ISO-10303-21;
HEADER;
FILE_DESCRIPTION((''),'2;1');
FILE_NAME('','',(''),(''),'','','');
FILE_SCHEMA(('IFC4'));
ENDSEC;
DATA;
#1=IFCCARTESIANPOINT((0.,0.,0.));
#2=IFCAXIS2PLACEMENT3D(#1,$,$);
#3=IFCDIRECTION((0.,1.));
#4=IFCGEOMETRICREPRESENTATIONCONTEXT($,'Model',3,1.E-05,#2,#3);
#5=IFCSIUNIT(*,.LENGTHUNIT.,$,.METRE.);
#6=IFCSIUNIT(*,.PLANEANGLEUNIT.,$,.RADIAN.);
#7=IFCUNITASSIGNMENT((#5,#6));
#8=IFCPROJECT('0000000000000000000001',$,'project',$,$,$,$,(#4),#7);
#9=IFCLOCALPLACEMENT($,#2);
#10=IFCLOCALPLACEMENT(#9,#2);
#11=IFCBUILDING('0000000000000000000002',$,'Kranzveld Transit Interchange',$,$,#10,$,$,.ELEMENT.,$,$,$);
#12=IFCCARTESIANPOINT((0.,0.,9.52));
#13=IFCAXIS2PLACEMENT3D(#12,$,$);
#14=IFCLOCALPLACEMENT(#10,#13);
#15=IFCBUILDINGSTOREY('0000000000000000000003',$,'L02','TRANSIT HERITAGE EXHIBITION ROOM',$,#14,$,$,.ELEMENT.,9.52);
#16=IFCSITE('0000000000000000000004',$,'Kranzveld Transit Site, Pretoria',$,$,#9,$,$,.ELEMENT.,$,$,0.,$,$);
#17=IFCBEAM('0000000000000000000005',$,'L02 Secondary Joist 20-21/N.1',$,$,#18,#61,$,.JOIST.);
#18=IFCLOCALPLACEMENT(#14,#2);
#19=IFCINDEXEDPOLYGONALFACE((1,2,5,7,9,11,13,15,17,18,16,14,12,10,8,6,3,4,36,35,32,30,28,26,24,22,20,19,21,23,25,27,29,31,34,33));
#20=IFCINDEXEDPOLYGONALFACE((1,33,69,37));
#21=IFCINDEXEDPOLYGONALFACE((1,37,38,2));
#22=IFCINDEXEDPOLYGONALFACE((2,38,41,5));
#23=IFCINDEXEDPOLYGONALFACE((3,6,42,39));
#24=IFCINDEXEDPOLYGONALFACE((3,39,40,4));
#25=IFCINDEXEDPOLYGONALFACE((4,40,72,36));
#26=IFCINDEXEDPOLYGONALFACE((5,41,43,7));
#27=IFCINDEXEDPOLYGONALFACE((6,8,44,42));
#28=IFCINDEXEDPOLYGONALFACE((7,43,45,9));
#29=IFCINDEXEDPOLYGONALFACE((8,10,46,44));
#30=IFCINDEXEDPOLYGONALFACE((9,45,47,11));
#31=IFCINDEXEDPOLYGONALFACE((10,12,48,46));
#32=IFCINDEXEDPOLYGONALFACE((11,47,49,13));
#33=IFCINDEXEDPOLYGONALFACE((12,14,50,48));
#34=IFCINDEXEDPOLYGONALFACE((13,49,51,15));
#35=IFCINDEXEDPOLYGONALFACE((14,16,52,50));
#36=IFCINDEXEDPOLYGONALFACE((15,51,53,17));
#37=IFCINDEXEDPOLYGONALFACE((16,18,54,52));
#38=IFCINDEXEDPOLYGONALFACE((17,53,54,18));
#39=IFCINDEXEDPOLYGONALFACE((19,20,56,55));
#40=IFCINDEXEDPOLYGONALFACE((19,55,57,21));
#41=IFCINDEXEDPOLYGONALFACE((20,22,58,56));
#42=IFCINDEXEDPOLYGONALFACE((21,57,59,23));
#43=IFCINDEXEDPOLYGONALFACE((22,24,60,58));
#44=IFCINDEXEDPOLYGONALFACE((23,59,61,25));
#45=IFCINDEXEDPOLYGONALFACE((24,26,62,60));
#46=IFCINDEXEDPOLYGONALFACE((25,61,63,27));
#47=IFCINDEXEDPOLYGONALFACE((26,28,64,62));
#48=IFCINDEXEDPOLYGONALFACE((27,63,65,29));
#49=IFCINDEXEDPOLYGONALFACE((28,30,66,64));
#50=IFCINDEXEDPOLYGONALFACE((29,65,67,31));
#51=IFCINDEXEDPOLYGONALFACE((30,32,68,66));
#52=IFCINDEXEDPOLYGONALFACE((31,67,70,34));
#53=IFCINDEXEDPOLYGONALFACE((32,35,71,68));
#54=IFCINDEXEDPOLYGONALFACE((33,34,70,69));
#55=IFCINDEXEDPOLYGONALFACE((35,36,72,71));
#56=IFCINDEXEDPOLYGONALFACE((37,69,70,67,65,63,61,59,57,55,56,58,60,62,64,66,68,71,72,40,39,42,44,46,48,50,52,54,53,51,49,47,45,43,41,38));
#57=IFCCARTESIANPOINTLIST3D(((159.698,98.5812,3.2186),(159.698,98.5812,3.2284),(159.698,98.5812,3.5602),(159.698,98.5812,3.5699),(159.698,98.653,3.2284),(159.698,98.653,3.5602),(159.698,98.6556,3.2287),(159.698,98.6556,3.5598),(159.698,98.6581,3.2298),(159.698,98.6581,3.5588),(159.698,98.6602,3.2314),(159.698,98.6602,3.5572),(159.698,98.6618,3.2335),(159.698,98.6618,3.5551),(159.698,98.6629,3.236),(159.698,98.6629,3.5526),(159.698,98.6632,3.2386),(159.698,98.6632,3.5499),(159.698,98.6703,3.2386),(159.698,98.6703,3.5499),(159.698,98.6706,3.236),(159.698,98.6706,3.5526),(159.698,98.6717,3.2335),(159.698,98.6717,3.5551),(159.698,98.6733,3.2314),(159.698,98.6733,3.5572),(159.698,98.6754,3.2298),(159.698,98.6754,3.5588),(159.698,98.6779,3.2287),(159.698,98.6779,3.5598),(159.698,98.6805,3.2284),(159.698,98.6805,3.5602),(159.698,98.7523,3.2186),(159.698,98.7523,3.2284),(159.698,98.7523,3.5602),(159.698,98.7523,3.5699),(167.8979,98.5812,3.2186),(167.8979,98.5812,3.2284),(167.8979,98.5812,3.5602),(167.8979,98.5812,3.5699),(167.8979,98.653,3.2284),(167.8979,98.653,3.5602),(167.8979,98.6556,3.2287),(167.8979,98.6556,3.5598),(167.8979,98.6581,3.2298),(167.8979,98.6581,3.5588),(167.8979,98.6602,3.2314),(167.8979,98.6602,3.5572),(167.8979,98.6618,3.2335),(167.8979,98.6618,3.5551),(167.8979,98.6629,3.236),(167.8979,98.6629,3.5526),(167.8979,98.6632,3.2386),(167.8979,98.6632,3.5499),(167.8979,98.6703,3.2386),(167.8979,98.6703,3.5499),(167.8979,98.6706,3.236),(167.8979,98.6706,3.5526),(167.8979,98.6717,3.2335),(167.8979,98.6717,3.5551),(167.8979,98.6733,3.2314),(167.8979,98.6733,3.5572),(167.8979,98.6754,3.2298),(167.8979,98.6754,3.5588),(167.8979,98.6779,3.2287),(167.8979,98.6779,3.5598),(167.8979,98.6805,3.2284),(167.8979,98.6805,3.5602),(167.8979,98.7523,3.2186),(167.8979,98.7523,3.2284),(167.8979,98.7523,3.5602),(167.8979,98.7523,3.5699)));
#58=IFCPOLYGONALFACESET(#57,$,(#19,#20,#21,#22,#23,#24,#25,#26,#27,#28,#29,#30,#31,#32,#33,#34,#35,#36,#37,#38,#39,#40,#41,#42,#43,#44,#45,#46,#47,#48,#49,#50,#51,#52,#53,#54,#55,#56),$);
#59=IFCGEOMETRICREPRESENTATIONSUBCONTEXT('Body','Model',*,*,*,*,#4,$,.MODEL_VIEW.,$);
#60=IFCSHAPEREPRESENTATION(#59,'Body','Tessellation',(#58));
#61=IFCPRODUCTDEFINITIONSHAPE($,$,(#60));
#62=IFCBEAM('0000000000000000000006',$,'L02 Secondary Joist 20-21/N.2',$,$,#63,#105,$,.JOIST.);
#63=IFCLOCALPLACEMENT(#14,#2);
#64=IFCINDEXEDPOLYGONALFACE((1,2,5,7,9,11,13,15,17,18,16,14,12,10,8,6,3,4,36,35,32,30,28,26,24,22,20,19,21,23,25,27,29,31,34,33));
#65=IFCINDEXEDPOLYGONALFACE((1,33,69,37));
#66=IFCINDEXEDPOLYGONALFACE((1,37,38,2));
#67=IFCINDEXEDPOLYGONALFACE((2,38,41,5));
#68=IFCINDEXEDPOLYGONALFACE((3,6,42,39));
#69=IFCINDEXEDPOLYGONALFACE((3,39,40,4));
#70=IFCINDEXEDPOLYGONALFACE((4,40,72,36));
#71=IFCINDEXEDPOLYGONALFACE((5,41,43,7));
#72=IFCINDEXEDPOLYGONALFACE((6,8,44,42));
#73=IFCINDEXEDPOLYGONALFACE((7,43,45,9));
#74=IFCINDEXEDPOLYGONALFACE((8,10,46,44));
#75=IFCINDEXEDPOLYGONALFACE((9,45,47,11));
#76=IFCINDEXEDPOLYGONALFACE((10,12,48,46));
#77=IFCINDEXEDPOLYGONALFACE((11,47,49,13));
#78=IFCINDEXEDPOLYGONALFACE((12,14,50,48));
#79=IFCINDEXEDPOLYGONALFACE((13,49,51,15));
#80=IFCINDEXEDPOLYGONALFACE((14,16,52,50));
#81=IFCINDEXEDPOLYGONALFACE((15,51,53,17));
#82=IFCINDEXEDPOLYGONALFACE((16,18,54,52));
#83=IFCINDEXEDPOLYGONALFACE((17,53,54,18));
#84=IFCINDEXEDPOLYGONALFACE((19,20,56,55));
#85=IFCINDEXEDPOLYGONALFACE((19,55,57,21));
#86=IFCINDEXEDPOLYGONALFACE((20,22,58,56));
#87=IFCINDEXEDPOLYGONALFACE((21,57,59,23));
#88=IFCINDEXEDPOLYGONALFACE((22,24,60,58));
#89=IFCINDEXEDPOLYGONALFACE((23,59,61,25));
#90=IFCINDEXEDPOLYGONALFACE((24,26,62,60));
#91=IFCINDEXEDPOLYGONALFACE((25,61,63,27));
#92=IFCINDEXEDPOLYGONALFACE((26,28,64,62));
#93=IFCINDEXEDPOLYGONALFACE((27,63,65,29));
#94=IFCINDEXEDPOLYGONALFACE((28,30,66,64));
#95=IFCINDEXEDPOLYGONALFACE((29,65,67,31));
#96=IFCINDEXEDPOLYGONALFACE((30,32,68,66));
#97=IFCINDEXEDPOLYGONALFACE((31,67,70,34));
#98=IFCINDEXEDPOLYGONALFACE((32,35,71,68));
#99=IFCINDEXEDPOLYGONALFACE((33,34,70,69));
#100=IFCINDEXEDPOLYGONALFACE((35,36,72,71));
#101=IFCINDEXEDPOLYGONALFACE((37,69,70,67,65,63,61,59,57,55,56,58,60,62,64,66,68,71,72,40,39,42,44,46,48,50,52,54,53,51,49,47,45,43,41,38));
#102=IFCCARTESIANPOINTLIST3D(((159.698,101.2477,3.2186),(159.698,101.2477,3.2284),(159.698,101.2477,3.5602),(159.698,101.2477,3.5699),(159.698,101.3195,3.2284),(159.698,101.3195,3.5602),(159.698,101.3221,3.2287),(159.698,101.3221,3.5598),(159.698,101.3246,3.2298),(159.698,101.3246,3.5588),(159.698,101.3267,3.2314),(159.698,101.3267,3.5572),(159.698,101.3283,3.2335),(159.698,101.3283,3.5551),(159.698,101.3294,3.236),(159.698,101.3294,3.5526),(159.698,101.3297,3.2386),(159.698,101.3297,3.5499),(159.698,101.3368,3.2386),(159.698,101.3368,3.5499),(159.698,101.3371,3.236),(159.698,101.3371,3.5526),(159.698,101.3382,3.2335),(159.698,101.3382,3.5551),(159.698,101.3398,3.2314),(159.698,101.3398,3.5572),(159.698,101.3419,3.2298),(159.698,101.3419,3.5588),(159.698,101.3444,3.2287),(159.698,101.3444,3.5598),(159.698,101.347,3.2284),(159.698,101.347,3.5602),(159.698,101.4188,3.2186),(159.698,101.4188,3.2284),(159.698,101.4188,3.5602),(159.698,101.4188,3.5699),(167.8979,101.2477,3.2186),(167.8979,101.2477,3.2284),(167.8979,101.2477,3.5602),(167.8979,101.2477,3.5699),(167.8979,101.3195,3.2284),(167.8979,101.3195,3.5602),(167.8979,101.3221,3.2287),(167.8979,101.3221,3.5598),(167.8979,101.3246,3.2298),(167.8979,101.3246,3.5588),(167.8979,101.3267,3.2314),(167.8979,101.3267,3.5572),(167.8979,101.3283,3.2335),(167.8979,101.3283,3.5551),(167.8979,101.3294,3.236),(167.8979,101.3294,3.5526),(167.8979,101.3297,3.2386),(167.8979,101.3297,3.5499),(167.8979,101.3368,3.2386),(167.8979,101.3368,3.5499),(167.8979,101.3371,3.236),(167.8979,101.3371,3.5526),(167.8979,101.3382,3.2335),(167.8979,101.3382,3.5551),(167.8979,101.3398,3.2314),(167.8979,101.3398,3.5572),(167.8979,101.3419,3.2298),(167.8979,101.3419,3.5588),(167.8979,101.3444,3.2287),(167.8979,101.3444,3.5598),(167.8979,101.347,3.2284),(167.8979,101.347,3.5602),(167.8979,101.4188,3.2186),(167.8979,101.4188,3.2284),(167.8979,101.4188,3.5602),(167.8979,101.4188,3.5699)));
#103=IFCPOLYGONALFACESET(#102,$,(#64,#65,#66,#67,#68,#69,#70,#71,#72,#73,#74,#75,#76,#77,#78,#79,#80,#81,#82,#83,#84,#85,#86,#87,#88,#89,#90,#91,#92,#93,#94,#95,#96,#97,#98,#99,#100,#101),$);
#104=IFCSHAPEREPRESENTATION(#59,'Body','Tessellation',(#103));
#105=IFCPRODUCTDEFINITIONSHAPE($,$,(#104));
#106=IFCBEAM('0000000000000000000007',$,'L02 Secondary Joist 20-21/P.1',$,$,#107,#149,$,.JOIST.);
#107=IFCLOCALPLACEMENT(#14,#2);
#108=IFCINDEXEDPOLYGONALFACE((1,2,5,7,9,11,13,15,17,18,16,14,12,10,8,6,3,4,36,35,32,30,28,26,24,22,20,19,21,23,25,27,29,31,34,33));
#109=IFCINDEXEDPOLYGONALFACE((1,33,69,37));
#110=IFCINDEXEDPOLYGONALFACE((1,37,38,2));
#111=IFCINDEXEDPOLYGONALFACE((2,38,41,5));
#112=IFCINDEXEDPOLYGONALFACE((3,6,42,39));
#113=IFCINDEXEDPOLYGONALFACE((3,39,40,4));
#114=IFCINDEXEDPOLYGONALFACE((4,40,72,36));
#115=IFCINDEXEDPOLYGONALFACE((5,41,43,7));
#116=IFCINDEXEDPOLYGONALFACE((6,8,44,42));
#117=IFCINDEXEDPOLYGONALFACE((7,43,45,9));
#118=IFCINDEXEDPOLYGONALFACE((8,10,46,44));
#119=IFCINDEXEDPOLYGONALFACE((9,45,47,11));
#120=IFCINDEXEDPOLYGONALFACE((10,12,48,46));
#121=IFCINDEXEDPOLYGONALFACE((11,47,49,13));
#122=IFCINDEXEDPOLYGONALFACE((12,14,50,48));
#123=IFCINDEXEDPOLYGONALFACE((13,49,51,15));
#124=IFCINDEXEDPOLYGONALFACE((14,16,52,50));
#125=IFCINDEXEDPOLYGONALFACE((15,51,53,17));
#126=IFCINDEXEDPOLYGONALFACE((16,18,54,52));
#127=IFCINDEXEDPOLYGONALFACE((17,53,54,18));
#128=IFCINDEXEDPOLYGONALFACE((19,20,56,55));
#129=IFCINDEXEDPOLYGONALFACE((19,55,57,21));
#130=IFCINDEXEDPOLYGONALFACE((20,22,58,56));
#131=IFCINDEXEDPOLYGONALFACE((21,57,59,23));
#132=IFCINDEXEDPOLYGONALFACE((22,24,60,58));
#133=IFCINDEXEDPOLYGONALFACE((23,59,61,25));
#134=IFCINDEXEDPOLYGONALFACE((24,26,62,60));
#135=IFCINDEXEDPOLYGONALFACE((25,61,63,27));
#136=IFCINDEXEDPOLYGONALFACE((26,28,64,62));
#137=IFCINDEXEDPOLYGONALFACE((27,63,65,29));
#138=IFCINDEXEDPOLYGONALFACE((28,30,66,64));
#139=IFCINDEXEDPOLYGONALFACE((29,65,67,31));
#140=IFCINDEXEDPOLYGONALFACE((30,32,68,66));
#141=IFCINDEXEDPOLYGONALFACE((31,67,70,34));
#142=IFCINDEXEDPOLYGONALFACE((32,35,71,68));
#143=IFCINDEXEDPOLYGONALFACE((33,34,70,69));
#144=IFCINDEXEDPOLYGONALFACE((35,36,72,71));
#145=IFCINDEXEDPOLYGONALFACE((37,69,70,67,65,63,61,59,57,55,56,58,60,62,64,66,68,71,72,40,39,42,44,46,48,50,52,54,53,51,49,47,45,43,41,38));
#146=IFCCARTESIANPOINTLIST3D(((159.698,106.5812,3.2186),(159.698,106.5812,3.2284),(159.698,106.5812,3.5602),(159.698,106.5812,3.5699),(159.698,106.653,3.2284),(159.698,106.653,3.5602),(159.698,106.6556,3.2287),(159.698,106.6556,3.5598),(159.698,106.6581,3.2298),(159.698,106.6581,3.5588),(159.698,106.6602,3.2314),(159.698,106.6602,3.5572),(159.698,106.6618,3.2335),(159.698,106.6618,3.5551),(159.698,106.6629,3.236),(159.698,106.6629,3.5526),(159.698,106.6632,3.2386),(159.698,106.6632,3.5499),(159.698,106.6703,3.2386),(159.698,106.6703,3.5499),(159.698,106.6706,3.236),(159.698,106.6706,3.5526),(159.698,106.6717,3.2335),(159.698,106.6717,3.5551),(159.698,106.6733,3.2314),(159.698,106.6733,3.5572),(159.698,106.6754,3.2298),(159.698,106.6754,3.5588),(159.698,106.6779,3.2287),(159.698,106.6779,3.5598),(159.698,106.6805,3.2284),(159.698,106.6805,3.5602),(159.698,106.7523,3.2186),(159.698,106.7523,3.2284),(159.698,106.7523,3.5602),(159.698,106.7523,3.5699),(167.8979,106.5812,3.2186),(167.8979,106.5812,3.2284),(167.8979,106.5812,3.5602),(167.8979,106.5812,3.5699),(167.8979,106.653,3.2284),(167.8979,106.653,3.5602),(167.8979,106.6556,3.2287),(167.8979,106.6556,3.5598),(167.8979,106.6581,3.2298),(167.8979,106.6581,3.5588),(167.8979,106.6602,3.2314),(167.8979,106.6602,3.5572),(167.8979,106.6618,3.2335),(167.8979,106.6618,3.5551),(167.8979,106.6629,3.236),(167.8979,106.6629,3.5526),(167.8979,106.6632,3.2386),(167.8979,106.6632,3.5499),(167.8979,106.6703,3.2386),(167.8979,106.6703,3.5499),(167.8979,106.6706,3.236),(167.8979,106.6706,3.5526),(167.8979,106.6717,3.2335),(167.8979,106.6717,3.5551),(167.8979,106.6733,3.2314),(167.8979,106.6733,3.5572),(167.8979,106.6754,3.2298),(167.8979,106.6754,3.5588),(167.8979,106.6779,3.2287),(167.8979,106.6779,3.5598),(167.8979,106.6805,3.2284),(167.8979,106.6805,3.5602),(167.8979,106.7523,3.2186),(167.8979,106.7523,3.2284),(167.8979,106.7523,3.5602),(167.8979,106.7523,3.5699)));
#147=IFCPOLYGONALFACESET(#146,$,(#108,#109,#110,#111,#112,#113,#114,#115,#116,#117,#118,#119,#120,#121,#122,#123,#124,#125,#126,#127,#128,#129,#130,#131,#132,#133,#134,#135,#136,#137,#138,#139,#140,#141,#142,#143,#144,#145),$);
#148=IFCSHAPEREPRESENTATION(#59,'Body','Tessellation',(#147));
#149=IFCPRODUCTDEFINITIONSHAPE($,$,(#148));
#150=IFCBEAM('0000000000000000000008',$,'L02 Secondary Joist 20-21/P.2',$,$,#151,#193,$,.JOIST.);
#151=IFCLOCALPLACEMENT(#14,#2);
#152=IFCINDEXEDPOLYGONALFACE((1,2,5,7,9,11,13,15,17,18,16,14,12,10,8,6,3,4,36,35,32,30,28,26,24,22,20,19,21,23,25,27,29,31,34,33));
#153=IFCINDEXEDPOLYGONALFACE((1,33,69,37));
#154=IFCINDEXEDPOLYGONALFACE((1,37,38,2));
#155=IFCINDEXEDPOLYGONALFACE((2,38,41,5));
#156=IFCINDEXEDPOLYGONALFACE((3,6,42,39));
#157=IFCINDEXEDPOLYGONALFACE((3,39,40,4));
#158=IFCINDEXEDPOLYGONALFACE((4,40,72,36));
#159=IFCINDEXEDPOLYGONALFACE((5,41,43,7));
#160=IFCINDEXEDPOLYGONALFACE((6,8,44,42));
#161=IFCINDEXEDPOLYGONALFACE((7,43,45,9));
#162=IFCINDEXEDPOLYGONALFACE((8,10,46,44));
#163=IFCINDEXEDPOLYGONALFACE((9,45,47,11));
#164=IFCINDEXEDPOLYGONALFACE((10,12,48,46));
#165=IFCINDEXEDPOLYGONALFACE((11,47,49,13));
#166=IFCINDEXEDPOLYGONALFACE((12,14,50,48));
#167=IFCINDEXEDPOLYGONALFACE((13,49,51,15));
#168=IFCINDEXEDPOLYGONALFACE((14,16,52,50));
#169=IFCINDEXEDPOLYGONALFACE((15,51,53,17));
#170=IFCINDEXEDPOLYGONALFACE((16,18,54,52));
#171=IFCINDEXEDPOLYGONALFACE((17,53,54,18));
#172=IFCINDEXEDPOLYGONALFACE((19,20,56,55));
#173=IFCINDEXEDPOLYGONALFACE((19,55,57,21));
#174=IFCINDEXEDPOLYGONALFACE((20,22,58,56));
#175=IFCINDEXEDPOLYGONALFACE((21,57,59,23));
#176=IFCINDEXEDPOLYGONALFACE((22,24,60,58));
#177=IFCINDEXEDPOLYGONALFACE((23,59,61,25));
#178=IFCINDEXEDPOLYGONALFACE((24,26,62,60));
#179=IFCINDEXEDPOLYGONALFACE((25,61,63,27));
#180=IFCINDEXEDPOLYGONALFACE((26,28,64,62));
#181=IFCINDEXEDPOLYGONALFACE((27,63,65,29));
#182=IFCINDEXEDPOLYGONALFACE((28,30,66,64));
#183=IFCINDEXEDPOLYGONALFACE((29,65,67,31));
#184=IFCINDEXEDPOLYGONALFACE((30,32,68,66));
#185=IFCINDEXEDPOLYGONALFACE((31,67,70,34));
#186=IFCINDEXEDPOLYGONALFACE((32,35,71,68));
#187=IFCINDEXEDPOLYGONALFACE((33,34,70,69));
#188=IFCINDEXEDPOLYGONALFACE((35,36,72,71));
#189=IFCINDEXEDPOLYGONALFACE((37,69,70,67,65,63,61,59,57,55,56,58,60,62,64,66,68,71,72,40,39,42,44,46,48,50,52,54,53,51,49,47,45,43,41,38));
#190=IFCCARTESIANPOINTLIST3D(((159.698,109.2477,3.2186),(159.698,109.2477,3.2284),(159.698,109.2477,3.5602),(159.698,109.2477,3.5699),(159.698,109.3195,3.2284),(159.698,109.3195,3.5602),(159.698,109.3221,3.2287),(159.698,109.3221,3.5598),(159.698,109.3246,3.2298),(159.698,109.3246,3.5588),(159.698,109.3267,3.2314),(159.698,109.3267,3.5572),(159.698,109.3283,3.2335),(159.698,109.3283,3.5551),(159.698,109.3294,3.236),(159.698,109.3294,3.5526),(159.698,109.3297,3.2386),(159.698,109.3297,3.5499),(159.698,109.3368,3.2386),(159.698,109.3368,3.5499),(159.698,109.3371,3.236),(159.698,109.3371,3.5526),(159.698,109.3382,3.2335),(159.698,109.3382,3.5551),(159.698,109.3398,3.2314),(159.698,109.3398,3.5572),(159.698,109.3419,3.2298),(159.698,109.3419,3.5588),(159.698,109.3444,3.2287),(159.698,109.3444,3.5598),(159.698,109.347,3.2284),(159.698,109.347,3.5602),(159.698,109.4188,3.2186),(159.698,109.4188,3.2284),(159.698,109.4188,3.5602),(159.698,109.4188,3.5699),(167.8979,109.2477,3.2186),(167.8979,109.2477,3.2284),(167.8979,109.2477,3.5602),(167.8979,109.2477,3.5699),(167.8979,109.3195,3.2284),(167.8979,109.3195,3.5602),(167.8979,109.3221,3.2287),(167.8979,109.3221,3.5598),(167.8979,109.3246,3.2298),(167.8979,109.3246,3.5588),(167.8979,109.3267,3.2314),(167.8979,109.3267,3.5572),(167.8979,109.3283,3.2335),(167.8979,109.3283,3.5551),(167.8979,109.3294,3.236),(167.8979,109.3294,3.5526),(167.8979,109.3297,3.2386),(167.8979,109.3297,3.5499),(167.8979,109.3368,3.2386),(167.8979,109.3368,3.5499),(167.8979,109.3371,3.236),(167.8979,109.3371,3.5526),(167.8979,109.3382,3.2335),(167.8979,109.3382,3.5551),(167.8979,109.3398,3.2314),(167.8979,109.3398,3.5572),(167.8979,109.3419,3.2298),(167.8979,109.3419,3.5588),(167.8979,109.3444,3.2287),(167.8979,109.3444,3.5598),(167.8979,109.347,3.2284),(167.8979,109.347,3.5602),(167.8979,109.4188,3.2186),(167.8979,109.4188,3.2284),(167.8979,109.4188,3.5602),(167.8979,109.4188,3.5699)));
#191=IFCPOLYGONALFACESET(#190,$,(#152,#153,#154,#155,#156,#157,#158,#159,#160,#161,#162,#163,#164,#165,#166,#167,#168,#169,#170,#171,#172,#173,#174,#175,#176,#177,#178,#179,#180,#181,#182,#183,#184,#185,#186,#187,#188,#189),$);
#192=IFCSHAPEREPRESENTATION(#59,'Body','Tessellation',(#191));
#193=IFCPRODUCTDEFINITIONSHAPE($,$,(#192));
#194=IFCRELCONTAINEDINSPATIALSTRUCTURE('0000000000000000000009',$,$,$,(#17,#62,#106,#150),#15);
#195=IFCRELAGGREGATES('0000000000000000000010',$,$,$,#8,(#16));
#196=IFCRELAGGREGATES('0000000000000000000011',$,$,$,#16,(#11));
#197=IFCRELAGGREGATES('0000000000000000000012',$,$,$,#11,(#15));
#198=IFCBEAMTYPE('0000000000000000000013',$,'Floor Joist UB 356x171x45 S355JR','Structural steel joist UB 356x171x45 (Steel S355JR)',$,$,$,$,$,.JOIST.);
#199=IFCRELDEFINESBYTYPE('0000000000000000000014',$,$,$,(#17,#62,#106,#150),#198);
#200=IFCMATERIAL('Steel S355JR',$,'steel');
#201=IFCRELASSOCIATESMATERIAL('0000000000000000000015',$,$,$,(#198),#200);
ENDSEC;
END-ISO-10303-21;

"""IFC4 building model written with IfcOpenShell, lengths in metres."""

from ifc_helpers import new_model, si_unit, direction, frame, origin, origin_2d, place, context, subcontext, project, spatial, i_section, extrude, material, material_profile, profile_set, type_object, element, save


model = new_model("IFC4")

# Units and contexts
model_context = context("Model", 3, precision=1e-05, world=origin(), true_north=direction((0.0, 1.0)))
body_context = subcontext(model_context, "Body", "Model", "MODEL_VIEW")
ifc_project = project(units=[si_unit("LENGTHUNIT", "METRE"), si_unit("PLANEANGLEUNIT", "RADIAN")], contexts=[model_context])

# Site, building, storey
site_placement = place(None, origin())
site = spatial("IfcSite", under=ifc_project, at=site_placement, Name="Kranzveld Transit Site, Pretoria", CompositionType="ELEMENT", RefElevation=0.0)
building_placement = place(site_placement, origin())
building = spatial("IfcBuilding", under=site, at=building_placement, Name="Kranzveld Transit Interchange", CompositionType="ELEMENT")
storey_placement = place(building_placement, frame((0.0, 0.0, 9.52)))
storey = spatial("IfcBuildingStorey", under=building, at=storey_placement, Name="L02", Description="TRANSIT HERITAGE EXHIBITION ROOM", CompositionType="ELEMENT", Elevation=9.52)

# Beams
ifc_material_1 = material(Name="Steel S355JR", Category="steel")
ifc_material_profile_1 = material_profile(ifc_material_1, i_section(OverallWidth=0.1711, OverallDepth=0.3513, WebThickness=0.0071, FlangeThickness=0.0098, FilletRadius=0.0103, at=origin_2d()), Name="UB 356x171x45")
ifc_profile_set_1 = profile_set([ifc_material_profile_1], Name="Steel S355JR")
beam_type_1 = type_object("IfcBeamType", Name="Floor Joist UB 356x171x45 S355JR", Description="Structural steel joist UB 356x171x45 (Steel S355JR)", PredefinedType="JOIST", material=ifc_profile_set_1)
for number, where, z_axis, x_axis, name in (
    (1, (159.698, 98.6667, 3.3943), (1.0, 0.0, 0.0), (0.0, 1.0, 0.0), "L02 Secondary Joist 20-21/N.1"),
    (2, (159.698, 101.3333, 3.3943), (1.0, 0.0, 0.0), (0.0, 1.0, 0.0), "L02 Secondary Joist 20-21/N.2"),
    (3, (159.698, 106.6667, 3.3943), (1.0, 0.0, 0.0), (0.0, 1.0, 0.0), "L02 Secondary Joist 20-21/P.1"),
    (4, (159.698, 109.3333, 3.3943), (1.0, 0.0, 0.0), (0.0, 1.0, 0.0), "L02 Secondary Joist 20-21/P.2"),
):
    element("IfcBeam", number, at=place(storey_placement, frame(where, z_axis=z_axis, x_axis=x_axis)), inside=storey, type_object=beam_type_1, Name=name, PredefinedType="JOIST", context=body_context, shape_type="SweptSolid", body=[
        extrude(i_section(OverallWidth=0.1711, OverallDepth=0.3513, WebThickness=0.0071, FlangeThickness=0.0098, FilletRadius=0.0103, at=origin_2d()), origin(), (0.0, 0.0, 1.0), 8.2),
    ])

save(model, "model.ifc")
